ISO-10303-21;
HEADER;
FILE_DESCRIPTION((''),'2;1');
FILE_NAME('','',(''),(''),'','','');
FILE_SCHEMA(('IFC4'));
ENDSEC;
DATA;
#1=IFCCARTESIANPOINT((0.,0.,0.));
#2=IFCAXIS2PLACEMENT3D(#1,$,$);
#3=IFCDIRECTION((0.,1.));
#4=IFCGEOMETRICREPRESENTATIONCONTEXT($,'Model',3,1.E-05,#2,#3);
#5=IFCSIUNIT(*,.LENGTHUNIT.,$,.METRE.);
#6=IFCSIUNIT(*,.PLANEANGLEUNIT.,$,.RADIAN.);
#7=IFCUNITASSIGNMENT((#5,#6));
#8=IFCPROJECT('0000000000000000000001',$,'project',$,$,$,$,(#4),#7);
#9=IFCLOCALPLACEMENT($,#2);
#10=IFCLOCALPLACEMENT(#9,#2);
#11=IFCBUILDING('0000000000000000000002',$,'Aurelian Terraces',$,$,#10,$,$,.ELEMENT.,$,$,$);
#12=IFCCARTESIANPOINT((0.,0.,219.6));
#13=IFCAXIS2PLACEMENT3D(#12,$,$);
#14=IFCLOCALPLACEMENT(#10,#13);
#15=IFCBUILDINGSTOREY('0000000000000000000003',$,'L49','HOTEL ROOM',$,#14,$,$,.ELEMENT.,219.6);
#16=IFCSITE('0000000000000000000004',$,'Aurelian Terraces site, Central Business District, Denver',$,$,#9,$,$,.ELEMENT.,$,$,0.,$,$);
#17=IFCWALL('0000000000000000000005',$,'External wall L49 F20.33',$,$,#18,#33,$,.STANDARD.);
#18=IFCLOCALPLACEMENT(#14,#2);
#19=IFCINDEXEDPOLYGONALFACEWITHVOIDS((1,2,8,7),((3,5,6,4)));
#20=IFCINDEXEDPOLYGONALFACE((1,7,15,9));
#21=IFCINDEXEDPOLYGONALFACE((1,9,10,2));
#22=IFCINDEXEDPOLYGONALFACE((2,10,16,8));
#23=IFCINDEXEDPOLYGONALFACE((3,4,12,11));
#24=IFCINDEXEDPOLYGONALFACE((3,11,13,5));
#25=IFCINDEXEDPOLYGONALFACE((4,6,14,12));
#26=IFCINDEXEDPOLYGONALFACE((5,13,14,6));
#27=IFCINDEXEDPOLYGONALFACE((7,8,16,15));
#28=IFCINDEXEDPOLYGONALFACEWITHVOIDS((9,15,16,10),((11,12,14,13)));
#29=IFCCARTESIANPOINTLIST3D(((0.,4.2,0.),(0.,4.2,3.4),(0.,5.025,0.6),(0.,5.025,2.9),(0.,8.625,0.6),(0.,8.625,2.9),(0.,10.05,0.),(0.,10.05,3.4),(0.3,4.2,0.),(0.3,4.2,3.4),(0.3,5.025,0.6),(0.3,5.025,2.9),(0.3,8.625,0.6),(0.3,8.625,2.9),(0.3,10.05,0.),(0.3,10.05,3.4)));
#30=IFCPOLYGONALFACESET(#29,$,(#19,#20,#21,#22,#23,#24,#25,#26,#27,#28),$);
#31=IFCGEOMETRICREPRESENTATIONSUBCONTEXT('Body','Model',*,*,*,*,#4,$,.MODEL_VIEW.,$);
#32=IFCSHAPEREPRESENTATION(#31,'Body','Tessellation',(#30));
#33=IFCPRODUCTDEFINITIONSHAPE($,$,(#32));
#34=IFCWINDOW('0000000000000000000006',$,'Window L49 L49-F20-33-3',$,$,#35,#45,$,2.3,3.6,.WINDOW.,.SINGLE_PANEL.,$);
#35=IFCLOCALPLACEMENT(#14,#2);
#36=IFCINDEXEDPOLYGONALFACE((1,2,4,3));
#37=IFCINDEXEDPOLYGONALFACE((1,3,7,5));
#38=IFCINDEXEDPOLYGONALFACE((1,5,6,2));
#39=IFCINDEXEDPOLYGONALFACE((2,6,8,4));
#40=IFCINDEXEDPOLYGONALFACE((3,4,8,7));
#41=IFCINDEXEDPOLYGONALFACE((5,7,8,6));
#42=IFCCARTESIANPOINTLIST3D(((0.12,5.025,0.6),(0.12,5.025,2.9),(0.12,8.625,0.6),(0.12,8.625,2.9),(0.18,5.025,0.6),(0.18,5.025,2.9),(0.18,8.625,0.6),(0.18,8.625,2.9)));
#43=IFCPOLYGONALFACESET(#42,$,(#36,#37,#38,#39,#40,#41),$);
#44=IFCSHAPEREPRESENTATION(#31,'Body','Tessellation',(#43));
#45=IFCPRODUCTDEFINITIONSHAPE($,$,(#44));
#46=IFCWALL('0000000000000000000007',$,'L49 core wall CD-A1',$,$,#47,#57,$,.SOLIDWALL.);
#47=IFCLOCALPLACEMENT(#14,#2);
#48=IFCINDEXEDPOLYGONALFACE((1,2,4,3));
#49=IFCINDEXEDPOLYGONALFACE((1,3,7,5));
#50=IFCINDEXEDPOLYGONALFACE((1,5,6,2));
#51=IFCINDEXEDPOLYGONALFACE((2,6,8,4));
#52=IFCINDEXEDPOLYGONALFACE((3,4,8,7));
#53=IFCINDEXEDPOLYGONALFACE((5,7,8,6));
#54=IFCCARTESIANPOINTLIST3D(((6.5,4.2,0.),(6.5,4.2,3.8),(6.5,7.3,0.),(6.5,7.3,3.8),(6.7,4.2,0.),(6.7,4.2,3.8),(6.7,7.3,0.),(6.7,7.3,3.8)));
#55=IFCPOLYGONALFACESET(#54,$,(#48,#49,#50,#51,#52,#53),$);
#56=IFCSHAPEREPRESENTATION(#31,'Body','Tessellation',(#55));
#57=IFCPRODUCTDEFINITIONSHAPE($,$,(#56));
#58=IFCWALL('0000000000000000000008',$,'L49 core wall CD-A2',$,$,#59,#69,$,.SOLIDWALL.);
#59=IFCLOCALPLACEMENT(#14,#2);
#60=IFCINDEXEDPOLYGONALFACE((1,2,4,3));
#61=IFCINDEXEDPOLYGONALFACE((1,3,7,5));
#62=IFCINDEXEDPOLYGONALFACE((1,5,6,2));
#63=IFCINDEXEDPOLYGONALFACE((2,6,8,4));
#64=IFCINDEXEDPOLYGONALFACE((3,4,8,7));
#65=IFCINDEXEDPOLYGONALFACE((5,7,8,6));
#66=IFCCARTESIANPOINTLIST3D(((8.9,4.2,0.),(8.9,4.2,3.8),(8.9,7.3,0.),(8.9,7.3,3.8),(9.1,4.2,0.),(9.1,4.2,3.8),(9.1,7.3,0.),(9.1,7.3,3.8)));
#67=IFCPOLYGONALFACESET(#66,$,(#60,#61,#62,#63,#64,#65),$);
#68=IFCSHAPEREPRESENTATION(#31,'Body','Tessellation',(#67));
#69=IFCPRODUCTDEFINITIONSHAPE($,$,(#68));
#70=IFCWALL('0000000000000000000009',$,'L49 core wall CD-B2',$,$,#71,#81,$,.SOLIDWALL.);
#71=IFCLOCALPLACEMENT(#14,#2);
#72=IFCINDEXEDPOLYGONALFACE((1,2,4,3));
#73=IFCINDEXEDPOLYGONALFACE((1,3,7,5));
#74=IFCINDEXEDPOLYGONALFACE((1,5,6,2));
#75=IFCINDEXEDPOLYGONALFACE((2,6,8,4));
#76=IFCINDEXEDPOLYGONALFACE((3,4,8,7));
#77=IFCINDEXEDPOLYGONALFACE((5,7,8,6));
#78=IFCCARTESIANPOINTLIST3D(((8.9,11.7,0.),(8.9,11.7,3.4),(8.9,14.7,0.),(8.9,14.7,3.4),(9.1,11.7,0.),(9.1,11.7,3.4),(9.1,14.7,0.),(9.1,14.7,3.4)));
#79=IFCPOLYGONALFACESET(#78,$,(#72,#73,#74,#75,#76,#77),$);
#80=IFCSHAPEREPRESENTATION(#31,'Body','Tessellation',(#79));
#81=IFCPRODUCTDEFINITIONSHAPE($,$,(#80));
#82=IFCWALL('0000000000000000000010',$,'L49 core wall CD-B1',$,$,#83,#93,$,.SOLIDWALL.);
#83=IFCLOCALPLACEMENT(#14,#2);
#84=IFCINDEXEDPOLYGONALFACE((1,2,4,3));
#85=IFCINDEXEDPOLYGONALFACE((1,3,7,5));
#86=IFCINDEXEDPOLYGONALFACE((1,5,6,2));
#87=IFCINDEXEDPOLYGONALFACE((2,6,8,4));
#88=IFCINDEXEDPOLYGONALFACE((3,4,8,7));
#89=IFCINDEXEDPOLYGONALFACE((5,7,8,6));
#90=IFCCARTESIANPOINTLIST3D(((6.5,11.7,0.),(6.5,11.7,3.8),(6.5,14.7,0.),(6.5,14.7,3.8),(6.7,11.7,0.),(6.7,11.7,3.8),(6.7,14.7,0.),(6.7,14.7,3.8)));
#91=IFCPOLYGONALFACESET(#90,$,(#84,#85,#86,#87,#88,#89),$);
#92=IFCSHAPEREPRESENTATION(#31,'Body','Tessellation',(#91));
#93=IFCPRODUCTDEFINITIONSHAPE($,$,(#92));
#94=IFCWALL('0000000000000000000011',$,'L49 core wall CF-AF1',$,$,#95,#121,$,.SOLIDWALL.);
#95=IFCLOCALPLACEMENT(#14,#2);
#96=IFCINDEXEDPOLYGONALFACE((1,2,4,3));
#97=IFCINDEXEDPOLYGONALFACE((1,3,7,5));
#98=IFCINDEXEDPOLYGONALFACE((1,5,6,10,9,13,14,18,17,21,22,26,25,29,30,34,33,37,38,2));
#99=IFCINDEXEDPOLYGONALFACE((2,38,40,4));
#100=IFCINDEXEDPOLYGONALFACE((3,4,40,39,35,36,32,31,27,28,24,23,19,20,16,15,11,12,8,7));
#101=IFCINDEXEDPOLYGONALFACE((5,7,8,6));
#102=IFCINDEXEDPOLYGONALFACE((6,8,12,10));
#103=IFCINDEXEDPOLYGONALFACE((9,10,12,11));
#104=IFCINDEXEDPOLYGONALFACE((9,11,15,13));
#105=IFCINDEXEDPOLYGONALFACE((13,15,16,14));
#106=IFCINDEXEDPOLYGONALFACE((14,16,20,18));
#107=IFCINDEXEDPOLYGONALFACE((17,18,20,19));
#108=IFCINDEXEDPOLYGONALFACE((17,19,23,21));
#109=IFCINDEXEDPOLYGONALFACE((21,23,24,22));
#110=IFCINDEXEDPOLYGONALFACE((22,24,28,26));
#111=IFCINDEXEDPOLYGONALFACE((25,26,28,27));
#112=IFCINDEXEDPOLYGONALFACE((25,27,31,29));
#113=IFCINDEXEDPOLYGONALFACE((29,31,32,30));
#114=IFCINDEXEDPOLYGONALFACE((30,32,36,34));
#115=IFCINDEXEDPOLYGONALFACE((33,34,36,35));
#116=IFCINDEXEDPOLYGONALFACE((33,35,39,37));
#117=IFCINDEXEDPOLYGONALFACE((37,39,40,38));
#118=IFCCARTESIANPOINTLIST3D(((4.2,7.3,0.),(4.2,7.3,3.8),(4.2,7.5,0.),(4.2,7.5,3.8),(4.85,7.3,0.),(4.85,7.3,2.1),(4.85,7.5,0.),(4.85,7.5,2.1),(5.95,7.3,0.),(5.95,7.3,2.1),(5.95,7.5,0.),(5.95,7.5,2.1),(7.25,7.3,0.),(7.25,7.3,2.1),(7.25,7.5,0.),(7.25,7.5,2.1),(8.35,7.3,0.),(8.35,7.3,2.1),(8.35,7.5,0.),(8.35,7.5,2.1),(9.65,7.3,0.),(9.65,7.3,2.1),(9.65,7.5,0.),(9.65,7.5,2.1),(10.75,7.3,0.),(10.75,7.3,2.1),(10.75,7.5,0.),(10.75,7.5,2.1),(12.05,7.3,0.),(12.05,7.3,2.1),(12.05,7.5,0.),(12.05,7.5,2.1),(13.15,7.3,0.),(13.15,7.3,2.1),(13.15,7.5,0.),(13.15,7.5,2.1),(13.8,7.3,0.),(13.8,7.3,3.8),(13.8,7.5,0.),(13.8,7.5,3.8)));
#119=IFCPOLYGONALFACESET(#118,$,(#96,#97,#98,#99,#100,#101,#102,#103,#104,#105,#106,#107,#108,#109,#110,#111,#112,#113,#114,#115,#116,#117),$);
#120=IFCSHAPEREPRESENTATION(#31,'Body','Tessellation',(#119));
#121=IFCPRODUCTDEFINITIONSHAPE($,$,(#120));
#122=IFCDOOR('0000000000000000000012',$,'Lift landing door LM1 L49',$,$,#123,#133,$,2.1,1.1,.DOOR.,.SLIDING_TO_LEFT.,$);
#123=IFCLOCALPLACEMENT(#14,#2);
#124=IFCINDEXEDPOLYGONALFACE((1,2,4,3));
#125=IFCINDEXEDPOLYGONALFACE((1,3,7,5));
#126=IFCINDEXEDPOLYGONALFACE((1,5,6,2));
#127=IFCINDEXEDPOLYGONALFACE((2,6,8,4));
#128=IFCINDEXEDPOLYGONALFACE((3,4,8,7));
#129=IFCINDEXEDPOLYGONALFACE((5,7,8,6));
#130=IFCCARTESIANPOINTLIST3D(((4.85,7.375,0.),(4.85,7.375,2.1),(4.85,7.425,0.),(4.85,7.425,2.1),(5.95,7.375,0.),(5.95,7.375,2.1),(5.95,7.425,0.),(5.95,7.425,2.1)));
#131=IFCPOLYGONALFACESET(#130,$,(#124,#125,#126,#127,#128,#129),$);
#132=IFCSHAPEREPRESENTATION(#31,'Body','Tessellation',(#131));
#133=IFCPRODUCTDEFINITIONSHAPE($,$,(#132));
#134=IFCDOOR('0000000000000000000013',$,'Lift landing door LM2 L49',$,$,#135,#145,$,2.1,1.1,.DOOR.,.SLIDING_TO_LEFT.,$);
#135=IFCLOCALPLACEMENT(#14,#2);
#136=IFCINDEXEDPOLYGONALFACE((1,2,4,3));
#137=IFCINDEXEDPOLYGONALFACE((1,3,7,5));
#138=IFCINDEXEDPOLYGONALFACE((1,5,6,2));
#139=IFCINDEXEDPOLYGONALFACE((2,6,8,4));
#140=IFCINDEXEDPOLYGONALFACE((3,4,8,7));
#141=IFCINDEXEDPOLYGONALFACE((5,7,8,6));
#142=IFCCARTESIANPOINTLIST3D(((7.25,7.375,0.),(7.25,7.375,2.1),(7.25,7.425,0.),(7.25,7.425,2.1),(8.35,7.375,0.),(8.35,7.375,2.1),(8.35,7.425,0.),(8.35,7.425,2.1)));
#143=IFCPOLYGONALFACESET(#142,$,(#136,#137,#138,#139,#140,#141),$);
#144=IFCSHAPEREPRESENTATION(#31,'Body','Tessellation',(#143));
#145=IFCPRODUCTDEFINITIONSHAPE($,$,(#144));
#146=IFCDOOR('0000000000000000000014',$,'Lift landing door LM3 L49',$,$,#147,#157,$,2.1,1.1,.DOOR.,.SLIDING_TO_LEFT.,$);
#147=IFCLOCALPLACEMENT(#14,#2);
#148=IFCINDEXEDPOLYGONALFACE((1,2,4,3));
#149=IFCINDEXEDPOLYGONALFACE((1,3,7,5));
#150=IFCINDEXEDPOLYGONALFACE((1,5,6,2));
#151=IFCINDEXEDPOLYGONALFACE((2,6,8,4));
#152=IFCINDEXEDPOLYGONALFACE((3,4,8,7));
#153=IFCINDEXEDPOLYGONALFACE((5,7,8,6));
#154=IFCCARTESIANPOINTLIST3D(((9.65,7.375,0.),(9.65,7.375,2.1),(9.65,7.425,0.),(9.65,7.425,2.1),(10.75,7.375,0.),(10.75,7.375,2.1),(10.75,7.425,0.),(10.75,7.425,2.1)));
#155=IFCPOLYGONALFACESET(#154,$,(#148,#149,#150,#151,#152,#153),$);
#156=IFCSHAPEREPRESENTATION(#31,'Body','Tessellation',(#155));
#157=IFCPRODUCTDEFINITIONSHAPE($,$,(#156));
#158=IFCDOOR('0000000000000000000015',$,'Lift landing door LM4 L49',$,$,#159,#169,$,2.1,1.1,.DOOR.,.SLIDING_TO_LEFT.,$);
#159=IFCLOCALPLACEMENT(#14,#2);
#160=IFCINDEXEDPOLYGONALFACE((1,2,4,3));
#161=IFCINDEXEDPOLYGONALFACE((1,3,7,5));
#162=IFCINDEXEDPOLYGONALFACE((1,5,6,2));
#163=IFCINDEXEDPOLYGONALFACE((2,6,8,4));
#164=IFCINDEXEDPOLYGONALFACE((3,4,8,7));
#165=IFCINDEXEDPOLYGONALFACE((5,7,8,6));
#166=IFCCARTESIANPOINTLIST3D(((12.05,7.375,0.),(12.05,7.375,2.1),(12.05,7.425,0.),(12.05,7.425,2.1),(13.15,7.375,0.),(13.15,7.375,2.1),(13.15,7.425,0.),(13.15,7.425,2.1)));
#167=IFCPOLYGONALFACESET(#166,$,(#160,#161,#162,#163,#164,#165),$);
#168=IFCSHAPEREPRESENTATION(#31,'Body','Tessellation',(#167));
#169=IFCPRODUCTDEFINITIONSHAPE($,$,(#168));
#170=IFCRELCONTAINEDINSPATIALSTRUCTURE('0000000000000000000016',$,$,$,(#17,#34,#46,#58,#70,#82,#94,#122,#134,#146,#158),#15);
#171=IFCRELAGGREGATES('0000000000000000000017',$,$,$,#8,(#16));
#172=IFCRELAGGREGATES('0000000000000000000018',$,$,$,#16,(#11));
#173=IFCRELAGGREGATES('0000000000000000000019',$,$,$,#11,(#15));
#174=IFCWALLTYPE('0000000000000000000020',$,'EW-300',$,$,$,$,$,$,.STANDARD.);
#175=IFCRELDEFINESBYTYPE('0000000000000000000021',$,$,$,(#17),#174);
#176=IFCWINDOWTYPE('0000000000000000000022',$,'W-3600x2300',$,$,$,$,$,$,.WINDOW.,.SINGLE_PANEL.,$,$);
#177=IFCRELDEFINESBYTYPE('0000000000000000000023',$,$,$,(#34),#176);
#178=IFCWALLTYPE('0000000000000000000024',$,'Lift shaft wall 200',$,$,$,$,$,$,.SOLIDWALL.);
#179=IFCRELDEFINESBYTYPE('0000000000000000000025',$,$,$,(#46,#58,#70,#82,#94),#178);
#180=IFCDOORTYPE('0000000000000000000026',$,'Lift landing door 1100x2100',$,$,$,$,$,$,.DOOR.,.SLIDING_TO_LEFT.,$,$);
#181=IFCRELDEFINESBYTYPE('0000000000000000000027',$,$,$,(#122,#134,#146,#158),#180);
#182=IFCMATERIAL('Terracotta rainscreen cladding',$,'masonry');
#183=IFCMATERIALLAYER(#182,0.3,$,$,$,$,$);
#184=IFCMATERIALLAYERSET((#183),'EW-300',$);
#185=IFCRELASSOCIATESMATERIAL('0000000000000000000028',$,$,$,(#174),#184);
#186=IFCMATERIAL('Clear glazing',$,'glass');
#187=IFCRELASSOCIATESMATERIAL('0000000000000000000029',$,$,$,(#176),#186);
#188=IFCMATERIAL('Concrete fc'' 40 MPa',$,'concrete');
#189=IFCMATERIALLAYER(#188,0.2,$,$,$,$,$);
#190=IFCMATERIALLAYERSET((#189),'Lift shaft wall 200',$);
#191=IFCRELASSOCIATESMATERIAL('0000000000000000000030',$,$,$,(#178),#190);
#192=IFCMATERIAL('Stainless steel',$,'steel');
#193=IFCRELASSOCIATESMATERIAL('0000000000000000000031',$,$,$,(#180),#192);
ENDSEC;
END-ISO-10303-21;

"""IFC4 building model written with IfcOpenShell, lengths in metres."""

from ifc_helpers import new_model, si_unit, direction, frame, frame_2d, origin, place, context, subcontext, project, spatial, rectangle, extrude, source, transform, mapped, material, layer, layer_set, type_object, element, fill, save


model = new_model("IFC4")

# Units and contexts
model_context = context("Model", 3, precision=1e-05, world=origin(), true_north=direction((0.0, 1.0)))
body_context = subcontext(model_context, "Body", "Model", "MODEL_VIEW")
ifc_project = project(units=[si_unit("LENGTHUNIT", "METRE"), si_unit("PLANEANGLEUNIT", "RADIAN")], contexts=[model_context])

# Site, building, storey
site_placement = place(None, origin())
site = spatial("IfcSite", under=ifc_project, at=site_placement, Name="Aurelian Terraces site, Central Business District, Denver", CompositionType="ELEMENT", RefElevation=0.0)
building_placement = place(site_placement, origin())
building = spatial("IfcBuilding", under=site, at=building_placement, Name="Aurelian Terraces", CompositionType="ELEMENT")
storey_placement = place(building_placement, frame((0.0, 0.0, 219.6)))
storey = spatial("IfcBuildingStorey", under=building, at=storey_placement, Name="L49", Description="HOTEL ROOM", CompositionType="ELEMENT", Elevation=219.6)

# Wall, opening, window
ifc_material_1 = material(Name="Terracotta rainscreen cladding", Category="masonry")
ifc_layer_1 = layer(ifc_material_1, 0.3)
ifc_layer_set_1 = layer_set([ifc_layer_1], Name="EW-300")
wall_type_1 = type_object("IfcWallType", Name="EW-300", PredefinedType="STANDARD", material=ifc_layer_set_1)
ifc_material_2 = material(Name="Clear glazing", Category="glass")
shared_shape_1 = source(origin(), body_context, "Body", "SweptSolid", [
    extrude(rectangle(XDim=5.85, YDim=0.3, at=frame_2d((2.925, 0.0))), origin(), (0.0, 0.0, 1.0), 3.4),
])
wall_1_placement = place(storey_placement, frame((0.15, 10.05, 0.0), z_axis=(0.0, 0.0, 1.0), x_axis=(0.0, -1.0, 0.0)))
wall_1 = element("IfcWall", 1, at=wall_1_placement, inside=storey, type_object=wall_type_1, Name="External wall L49 F20.33", PredefinedType="STANDARD", context=body_context, shape_type="MappedRepresentation", body=[
    mapped(shared_shape_1, transform((0.0, 0.0, 0.0), scale=1.0)),
])
shared_shape_2 = source(origin(), body_context, "Body", "SweptSolid", [
    extrude(rectangle(XDim=3.6, YDim=2.3, at=frame_2d((1.8, 1.15))), frame((0.0, 0.16, 0.0), z_axis=(0.0, -1.0, 0.0), x_axis=(1.0, 0.0, 0.0)), (0.0, 0.0, 1.0), 0.32),
])
opening_1_placement = place(wall_1_placement, frame((1.425, 0.0, 0.6)))
opening_1 = element("IfcOpeningElement", 2, at=opening_1_placement, cuts=wall_1, PredefinedType="OPENING", context=body_context, shape_type="MappedRepresentation", body=[
    mapped(shared_shape_2, transform((0.0, 0.0, 0.0), scale=1.0)),
])
window_type_1 = type_object("IfcWindowType", Name="W-3600x2300", PartitioningType="SINGLE_PANEL", PredefinedType="WINDOW", material=ifc_material_2)
shared_shape_3 = source(origin(), body_context, "Body", "SweptSolid", [
    extrude(rectangle(XDim=3.6, YDim=2.3, at=frame_2d((1.8, 1.15))), frame((0.0, 0.03, 0.0), z_axis=(0.0, -1.0, 0.0), x_axis=(1.0, 0.0, 0.0)), (0.0, 0.0, 1.0), 0.06),
])
window_1_placement = place(opening_1_placement, origin())
window_1 = element("IfcWindow", 3, at=window_1_placement, inside=storey, type_object=window_type_1, Name="Window L49 L49-F20-33-3", OverallHeight=2.3, OverallWidth=3.6, PartitioningType="SINGLE_PANEL", PredefinedType="WINDOW", context=body_context, shape_type="MappedRepresentation", body=[
    mapped(shared_shape_3, transform((0.0, 0.0, 0.0), scale=1.0)),
])
fill(opening_1, window_1)

# Walls
ifc_material_3 = material(Name="Concrete fc' 40 MPa", Category="concrete")
ifc_layer_2 = layer(ifc_material_3, 0.2)
ifc_layer_set_2 = layer_set([ifc_layer_2], Name="Lift shaft wall 200")
wall_type_2 = type_object("IfcWallType", Name="Lift shaft wall 200", PredefinedType="SOLIDWALL", material=ifc_layer_set_2)
shared_shape_4 = source(origin(), body_context, "Body", "SweptSolid", [
    extrude(rectangle(XDim=3.1, YDim=0.2, at=frame_2d((1.55, 0.0))), origin(), (0.0, 0.0, 1.0), 3.8),
])
for number, where, z_axis, x_axis, name in (
    (4, (6.6, 4.2, 0.0), (0.0, 0.0, 1.0), (0.0, 1.0, 0.0), "L49 core wall CD-A1"),
    (5, (9.0, 4.2, 0.0), (0.0, 0.0, 1.0), (0.0, 1.0, 0.0), "L49 core wall CD-A2"),
):
    element("IfcWall", number, at=place(storey_placement, frame(where, z_axis=z_axis, x_axis=x_axis)), inside=storey, type_object=wall_type_2, Name=name, PredefinedType="SOLIDWALL", context=body_context, shape_type="MappedRepresentation", body=[
        mapped(shared_shape_4, transform((0.0, 0.0, 0.0), scale=1.0)),
    ])
shared_shape_5 = source(origin(), body_context, "Body", "SweptSolid", [
    extrude(rectangle(XDim=3.0, YDim=0.2, at=frame_2d((1.5, 0.0))), origin(), (0.0, 0.0, 1.0), 3.4),
])
wall_2_placement = place(storey_placement, frame((9.0, 11.7, 0.0), z_axis=(0.0, 0.0, 1.0), x_axis=(0.0, 1.0, 0.0)))
element("IfcWall", 6, at=wall_2_placement, inside=storey, type_object=wall_type_2, Name="L49 core wall CD-B2", PredefinedType="SOLIDWALL", context=body_context, shape_type="MappedRepresentation", body=[
    mapped(shared_shape_5, transform((0.0, 0.0, 0.0), scale=1.0)),
])
shared_shape_6 = source(origin(), body_context, "Body", "SweptSolid", [
    extrude(rectangle(XDim=3.0, YDim=0.2, at=frame_2d((1.5, 0.0))), origin(), (0.0, 0.0, 1.0), 3.8),
])
wall_3_placement = place(storey_placement, frame((6.6, 11.7, 0.0), z_axis=(0.0, 0.0, 1.0), x_axis=(0.0, 1.0, 0.0)))
element("IfcWall", 7, at=wall_3_placement, inside=storey, type_object=wall_type_2, Name="L49 core wall CD-B1", PredefinedType="SOLIDWALL", context=body_context, shape_type="MappedRepresentation", body=[
    mapped(shared_shape_6, transform((0.0, 0.0, 0.0), scale=1.0)),
])

# Wall, openings, doors
shared_shape_7 = source(origin(), body_context, "Body", "SweptSolid", [
    extrude(rectangle(XDim=9.6, YDim=0.2, at=frame_2d((4.8, 0.0))), origin(), (0.0, 0.0, 1.0), 3.8),
])
wall_4_placement = place(storey_placement, frame((4.2, 7.4, 0.0), z_axis=(0.0, 0.0, 1.0), x_axis=(1.0, 0.0, 0.0)))
wall_4 = element("IfcWall", 8, at=wall_4_placement, inside=storey, type_object=wall_type_2, Name="L49 core wall CF-AF1", PredefinedType="SOLIDWALL", context=body_context, shape_type="MappedRepresentation", body=[
    mapped(shared_shape_7, transform((0.0, 0.0, 0.0), scale=1.0)),
])
shared_shape_8 = source(origin(), body_context, "Body", "SweptSolid", [
    extrude(rectangle(XDim=1.1, YDim=2.1, at=frame_2d((0.55, 1.05))), frame((0.0, 0.11, 0.0), z_axis=(0.0, -1.0, 0.0), x_axis=(1.0, 0.0, 0.0)), (0.0, 0.0, 1.0), 0.22),
])
opening_2_placement = place(wall_4_placement, frame((0.65, 0.0, 0.0)))
opening_2 = element("IfcOpeningElement", 9, at=opening_2_placement, cuts=wall_4, PredefinedType="OPENING", context=body_context, shape_type="MappedRepresentation", body=[
    mapped(shared_shape_8, transform((0.0, 0.0, 0.0), scale=1.0)),
])
opening_3_placement = place(wall_4_placement, frame((3.05, 0.0, 0.0)))
opening_3 = element("IfcOpeningElement", 10, at=opening_3_placement, cuts=wall_4, PredefinedType="OPENING", context=body_context, shape_type="MappedRepresentation", body=[
    mapped(shared_shape_8, transform((0.0, 0.0, 0.0), scale=1.0)),
])
opening_4_placement = place(wall_4_placement, frame((5.45, 0.0, 0.0)))
opening_4 = element("IfcOpeningElement", 11, at=opening_4_placement, cuts=wall_4, PredefinedType="OPENING", context=body_context, shape_type="MappedRepresentation", body=[
    mapped(shared_shape_8, transform((0.0, 0.0, 0.0), scale=1.0)),
])
opening_5_placement = place(wall_4_placement, frame((7.85, 0.0, 0.0)))
opening_5 = element("IfcOpeningElement", 12, at=opening_5_placement, cuts=wall_4, PredefinedType="OPENING", context=body_context, shape_type="MappedRepresentation", body=[
    mapped(shared_shape_8, transform((0.0, 0.0, 0.0), scale=1.0)),
])
ifc_material_4 = material(Name="Stainless steel", Category="steel")
door_type_1 = type_object("IfcDoorType", Name="Lift landing door 1100x2100", OperationType="SLIDING_TO_LEFT", PredefinedType="DOOR", material=ifc_material_4)
shared_shape_9 = source(origin(), body_context, "Body", "SweptSolid", [
    extrude(rectangle(XDim=1.1, YDim=2.1, at=frame_2d((0.55, 1.05))), frame((0.0, 0.025, 0.0), z_axis=(0.0, -1.0, 0.0), x_axis=(1.0, 0.0, 0.0)), (0.0, 0.0, 1.0), 0.05),
])
door_1_placement = place(opening_2_placement, origin())
door_1 = element("IfcDoor", 13, at=door_1_placement, inside=storey, type_object=door_type_1, Name="Lift landing door LM1 L49", OperationType="SLIDING_TO_LEFT", OverallHeight=2.1, OverallWidth=1.1, PredefinedType="DOOR", context=body_context, shape_type="MappedRepresentation", body=[
    mapped(shared_shape_9, transform((0.0, 0.0, 0.0), scale=1.0)),
])
fill(opening_2, door_1)
door_2_placement = place(opening_3_placement, origin())
door_2 = element("IfcDoor", 14, at=door_2_placement, inside=storey, type_object=door_type_1, Name="Lift landing door LM2 L49", OperationType="SLIDING_TO_LEFT", OverallHeight=2.1, OverallWidth=1.1, PredefinedType="DOOR", context=body_context, shape_type="MappedRepresentation", body=[
    mapped(shared_shape_9, transform((0.0, 0.0, 0.0), scale=1.0)),
])
fill(opening_3, door_2)
door_3_placement = place(opening_4_placement, origin())
door_3 = element("IfcDoor", 15, at=door_3_placement, inside=storey, type_object=door_type_1, Name="Lift landing door LM3 L49", OperationType="SLIDING_TO_LEFT", OverallHeight=2.1, OverallWidth=1.1, PredefinedType="DOOR", context=body_context, shape_type="MappedRepresentation", body=[
    mapped(shared_shape_9, transform((0.0, 0.0, 0.0), scale=1.0)),
])
fill(opening_4, door_3)
door_4_placement = place(opening_5_placement, origin())
door_4 = element("IfcDoor", 16, at=door_4_placement, inside=storey, type_object=door_type_1, Name="Lift landing door LM4 L49", OperationType="SLIDING_TO_LEFT", OverallHeight=2.1, OverallWidth=1.1, PredefinedType="DOOR", context=body_context, shape_type="MappedRepresentation", body=[
    mapped(shared_shape_9, transform((0.0, 0.0, 0.0), scale=1.0)),
])
fill(opening_5, door_4)

save(model, "model.ifc")
